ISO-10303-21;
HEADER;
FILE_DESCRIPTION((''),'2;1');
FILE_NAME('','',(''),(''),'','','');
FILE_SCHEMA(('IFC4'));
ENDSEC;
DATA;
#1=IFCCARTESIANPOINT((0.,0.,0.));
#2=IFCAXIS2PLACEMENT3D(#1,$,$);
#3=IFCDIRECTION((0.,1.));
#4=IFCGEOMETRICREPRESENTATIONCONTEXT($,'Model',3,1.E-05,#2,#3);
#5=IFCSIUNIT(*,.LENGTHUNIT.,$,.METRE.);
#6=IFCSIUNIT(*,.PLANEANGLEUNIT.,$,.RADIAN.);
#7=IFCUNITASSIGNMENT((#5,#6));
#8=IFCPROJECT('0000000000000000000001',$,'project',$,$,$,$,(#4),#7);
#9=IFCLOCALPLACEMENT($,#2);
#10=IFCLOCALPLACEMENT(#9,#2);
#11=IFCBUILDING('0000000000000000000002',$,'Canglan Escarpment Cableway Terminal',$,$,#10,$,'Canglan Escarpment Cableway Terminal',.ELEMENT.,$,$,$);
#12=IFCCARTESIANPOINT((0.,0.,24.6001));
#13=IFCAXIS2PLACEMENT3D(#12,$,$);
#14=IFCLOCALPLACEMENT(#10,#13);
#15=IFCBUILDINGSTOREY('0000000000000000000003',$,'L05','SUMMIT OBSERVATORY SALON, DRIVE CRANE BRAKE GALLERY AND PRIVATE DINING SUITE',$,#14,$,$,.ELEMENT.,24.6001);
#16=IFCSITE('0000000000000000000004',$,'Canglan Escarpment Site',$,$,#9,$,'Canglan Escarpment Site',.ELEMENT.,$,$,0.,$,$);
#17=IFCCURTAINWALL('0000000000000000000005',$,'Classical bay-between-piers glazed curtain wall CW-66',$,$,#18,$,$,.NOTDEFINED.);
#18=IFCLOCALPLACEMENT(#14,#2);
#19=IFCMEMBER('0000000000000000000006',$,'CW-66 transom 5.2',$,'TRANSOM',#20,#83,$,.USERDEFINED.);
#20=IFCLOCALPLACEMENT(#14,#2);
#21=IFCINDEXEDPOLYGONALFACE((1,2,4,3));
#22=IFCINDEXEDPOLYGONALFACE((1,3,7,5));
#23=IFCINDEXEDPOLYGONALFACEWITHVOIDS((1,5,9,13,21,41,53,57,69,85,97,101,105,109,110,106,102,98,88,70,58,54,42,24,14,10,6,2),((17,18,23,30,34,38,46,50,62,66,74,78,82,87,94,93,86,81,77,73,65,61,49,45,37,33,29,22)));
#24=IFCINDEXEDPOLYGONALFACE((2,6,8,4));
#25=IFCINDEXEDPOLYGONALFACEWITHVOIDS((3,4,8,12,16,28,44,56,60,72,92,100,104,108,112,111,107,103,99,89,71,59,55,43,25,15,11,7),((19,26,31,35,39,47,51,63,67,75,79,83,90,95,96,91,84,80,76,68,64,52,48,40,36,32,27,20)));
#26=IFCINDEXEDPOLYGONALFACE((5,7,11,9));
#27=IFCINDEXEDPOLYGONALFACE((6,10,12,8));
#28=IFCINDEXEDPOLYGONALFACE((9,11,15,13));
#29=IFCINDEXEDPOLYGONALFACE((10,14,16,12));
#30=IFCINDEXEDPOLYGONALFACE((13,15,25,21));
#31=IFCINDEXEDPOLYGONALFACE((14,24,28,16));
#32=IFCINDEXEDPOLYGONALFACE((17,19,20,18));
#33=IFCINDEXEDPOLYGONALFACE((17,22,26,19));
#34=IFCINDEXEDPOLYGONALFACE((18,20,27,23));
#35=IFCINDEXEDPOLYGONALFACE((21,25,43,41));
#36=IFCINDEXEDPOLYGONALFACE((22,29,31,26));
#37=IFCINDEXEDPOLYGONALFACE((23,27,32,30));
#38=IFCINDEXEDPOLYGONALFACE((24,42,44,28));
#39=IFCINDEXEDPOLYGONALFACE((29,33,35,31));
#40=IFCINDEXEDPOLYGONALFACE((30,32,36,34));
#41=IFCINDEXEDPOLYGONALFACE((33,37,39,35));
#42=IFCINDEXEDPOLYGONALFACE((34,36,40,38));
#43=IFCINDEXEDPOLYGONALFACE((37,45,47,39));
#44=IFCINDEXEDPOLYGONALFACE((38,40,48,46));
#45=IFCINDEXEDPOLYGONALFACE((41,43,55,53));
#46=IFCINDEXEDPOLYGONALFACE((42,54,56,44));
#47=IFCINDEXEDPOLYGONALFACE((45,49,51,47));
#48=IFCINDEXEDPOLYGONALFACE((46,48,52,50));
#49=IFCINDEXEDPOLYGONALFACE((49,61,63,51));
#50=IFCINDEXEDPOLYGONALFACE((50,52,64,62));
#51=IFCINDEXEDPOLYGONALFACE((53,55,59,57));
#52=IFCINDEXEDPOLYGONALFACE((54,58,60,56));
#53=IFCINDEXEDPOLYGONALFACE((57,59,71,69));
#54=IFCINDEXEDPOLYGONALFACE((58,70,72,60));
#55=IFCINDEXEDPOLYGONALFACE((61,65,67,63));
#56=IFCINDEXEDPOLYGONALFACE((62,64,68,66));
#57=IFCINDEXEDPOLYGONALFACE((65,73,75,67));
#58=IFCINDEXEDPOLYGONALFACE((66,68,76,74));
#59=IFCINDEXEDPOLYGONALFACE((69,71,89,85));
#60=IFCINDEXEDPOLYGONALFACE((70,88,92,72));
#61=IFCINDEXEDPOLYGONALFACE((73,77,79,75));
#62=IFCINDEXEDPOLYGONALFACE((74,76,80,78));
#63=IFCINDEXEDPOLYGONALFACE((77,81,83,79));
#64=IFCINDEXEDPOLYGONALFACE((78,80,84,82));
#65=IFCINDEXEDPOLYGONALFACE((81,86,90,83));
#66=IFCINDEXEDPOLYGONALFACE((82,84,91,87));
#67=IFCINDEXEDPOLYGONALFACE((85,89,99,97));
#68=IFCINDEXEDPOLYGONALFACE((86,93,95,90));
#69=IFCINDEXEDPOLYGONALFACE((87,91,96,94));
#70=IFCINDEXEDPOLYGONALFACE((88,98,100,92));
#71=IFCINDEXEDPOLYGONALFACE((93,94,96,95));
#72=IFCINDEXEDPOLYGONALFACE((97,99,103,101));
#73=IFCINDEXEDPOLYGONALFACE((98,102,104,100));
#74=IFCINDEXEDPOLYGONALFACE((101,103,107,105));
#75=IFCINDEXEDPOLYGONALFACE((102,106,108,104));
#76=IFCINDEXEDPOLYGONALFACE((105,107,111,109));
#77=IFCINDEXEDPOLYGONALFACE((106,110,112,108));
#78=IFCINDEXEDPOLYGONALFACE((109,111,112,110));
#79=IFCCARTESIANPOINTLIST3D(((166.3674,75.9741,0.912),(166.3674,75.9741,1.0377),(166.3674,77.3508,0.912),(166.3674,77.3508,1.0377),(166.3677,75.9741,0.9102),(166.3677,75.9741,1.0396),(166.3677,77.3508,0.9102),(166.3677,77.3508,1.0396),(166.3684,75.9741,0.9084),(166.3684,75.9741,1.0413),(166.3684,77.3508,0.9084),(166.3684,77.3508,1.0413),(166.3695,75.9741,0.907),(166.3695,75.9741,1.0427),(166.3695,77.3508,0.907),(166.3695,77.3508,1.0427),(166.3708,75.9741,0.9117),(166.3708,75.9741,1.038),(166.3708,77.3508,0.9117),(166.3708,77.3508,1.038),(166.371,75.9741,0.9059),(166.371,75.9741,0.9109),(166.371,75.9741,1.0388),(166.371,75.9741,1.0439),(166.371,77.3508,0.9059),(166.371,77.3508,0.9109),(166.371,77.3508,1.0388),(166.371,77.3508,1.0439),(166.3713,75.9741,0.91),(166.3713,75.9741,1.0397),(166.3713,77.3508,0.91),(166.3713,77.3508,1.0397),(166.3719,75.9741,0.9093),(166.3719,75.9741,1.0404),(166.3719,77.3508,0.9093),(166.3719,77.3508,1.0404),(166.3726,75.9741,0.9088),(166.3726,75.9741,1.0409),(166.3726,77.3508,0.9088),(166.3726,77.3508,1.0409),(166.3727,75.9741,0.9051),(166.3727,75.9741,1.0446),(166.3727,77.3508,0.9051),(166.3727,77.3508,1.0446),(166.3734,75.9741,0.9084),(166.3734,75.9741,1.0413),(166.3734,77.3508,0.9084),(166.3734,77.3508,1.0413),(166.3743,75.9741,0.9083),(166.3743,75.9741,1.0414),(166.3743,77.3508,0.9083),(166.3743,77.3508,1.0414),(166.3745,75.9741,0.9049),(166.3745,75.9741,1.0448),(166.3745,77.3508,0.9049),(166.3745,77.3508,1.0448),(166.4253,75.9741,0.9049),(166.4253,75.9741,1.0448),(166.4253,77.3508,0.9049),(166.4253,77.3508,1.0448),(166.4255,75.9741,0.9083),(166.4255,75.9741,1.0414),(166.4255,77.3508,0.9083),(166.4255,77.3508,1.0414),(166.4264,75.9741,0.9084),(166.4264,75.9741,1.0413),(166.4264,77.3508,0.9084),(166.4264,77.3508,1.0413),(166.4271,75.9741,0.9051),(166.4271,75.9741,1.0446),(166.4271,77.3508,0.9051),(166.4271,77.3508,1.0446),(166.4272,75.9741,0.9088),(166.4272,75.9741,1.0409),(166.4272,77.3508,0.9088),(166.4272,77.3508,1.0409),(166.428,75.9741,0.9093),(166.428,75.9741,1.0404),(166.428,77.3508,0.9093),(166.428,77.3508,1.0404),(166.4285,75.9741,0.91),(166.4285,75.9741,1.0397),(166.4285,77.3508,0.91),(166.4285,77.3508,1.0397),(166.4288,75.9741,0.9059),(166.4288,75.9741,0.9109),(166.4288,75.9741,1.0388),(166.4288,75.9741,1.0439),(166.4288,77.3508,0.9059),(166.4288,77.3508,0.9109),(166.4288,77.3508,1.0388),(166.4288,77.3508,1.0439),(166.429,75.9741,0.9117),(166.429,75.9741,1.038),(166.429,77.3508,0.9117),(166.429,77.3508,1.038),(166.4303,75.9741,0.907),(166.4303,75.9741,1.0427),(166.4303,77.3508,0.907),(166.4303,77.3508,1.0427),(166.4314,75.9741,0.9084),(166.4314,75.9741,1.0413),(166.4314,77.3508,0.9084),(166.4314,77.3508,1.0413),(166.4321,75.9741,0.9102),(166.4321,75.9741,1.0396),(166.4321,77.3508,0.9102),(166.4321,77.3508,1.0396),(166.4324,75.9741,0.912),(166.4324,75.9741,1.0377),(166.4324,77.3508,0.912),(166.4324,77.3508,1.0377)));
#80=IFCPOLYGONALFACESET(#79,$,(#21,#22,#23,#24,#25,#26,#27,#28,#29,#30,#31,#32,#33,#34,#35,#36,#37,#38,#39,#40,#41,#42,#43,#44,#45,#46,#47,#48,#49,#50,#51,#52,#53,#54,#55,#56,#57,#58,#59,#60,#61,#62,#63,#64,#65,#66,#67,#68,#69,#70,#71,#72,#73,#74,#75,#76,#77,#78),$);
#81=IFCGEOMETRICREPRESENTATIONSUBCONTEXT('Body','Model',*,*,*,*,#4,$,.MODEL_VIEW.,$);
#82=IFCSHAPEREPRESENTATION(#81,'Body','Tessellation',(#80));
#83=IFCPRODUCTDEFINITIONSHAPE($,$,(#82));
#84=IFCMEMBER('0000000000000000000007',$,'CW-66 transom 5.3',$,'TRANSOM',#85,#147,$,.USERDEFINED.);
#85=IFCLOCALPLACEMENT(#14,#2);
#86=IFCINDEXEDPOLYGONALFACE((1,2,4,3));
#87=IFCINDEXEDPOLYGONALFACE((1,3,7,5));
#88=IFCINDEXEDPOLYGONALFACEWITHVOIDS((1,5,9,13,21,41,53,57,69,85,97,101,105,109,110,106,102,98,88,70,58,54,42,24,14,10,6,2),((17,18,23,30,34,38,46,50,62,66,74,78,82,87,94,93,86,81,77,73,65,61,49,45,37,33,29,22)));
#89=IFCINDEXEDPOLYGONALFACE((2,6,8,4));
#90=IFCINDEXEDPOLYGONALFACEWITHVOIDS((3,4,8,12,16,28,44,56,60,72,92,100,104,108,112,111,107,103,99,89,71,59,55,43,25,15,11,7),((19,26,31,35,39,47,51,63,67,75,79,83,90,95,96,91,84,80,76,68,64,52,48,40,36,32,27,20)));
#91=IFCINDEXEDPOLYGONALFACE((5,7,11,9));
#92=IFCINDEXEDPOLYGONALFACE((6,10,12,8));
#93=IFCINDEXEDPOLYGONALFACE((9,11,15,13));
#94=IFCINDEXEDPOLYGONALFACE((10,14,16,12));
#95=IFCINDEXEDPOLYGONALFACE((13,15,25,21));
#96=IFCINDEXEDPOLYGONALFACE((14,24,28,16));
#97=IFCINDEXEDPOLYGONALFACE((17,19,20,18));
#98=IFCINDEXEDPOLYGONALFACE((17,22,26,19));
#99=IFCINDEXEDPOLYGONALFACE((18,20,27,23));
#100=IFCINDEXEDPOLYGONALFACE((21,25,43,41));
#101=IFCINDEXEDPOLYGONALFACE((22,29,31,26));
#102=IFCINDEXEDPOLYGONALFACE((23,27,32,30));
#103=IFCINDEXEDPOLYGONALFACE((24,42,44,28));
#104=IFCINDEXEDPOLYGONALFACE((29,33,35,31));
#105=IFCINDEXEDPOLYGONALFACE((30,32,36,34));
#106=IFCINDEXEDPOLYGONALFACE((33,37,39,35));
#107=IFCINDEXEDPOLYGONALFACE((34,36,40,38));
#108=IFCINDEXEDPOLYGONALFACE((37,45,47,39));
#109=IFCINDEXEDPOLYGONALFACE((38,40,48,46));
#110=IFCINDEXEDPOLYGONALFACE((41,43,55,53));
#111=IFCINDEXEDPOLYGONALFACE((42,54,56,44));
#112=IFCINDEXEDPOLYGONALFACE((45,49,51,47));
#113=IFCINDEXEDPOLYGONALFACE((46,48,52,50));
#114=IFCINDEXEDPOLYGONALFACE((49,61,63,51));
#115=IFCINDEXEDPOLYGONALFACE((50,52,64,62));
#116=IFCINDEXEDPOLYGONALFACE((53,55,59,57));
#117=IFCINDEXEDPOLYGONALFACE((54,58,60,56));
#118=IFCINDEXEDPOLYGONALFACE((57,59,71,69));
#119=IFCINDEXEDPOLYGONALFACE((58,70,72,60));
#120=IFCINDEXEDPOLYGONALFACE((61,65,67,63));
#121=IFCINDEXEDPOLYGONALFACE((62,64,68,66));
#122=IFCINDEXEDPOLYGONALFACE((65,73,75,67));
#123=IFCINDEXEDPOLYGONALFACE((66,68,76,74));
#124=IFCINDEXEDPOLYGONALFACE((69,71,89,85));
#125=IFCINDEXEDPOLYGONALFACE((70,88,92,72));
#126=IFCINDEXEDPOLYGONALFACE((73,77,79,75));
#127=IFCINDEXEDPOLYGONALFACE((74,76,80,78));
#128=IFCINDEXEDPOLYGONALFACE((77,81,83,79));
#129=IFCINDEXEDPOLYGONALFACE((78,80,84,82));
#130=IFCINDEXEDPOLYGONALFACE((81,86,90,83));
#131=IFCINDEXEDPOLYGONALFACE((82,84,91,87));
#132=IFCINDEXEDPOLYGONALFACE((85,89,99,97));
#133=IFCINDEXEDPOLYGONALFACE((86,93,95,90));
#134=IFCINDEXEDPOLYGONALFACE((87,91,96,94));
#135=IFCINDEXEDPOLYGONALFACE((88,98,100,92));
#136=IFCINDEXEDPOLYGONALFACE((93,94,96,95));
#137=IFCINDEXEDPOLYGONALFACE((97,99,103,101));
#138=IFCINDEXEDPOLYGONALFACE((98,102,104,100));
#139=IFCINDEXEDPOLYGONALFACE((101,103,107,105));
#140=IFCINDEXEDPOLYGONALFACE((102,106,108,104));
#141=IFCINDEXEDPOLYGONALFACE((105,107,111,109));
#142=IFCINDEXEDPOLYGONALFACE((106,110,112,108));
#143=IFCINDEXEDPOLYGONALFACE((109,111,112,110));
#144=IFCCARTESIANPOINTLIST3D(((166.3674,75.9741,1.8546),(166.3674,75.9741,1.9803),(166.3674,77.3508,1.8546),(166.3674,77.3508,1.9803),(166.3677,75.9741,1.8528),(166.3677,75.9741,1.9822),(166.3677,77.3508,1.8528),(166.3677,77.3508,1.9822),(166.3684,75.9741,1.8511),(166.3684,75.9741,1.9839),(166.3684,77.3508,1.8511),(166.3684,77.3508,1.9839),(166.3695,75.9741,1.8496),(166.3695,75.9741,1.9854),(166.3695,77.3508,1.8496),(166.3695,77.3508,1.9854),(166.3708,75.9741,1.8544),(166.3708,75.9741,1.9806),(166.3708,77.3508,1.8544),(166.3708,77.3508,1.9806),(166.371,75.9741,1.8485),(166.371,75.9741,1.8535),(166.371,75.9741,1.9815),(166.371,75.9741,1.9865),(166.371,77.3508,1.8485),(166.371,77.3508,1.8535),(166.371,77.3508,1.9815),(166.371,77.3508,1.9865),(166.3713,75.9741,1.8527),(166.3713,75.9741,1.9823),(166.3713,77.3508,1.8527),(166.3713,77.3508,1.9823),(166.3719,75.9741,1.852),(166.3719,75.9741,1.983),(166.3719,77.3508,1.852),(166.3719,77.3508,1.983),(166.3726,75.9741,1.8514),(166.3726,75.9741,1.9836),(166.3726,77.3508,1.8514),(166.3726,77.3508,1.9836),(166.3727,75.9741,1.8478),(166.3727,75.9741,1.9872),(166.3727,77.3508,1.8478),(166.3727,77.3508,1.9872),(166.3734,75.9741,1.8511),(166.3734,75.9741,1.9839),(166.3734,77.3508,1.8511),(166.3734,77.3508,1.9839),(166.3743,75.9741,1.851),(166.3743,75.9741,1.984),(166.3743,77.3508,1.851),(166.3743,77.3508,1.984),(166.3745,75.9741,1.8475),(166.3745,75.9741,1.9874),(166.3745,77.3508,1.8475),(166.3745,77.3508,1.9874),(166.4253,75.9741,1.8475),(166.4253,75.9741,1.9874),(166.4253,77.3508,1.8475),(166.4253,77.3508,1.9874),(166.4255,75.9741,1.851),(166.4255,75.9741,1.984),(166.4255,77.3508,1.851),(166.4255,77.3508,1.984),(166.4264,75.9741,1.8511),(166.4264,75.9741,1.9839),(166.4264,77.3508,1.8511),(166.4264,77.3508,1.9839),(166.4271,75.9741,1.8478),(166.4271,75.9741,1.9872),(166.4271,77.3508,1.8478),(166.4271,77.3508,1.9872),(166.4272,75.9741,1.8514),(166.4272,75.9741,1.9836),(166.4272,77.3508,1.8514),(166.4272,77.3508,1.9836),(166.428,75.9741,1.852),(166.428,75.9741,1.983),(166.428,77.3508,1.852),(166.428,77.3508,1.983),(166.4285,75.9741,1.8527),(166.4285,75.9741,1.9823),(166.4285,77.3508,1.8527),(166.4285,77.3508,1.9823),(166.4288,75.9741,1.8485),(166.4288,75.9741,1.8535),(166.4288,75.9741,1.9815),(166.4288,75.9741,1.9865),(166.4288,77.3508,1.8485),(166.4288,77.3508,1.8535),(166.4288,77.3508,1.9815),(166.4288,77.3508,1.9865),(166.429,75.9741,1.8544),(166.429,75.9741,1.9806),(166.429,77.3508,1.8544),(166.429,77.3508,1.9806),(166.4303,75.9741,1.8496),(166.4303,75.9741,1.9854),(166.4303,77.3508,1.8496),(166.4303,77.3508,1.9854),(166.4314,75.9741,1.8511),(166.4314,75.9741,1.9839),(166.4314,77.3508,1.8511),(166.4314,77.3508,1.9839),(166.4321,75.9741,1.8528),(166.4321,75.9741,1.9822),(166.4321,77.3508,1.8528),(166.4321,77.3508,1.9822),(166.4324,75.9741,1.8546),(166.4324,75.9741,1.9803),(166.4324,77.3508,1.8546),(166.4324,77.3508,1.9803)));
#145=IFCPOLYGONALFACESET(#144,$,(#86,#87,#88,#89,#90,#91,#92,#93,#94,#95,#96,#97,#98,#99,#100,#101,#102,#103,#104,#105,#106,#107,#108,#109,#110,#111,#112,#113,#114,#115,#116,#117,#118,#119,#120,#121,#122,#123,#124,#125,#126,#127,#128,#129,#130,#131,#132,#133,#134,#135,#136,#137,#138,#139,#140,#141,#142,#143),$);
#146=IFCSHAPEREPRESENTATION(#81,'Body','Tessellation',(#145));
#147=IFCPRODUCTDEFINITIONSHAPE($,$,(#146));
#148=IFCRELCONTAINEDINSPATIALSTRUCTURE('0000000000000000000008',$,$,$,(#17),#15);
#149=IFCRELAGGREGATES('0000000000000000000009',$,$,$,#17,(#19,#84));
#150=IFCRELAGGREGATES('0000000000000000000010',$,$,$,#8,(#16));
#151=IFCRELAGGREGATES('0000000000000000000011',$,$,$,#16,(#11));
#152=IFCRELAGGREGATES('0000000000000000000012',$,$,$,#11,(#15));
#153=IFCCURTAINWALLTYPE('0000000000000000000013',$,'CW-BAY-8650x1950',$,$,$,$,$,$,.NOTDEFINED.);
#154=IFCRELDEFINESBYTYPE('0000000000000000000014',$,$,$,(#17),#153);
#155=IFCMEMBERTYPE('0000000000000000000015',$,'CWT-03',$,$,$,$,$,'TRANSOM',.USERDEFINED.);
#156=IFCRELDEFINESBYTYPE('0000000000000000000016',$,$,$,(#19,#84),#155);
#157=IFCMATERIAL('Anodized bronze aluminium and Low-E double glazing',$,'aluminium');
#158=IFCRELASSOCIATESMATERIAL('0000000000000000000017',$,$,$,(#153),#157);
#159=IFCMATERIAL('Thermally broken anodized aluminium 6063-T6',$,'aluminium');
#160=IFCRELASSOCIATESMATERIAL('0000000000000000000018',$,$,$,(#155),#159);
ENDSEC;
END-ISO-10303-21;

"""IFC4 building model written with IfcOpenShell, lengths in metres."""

from ifc_helpers import new_model, si_unit, direction, frame, origin, origin_2d, place, context, subcontext, project, spatial, hollow_rectangle, extrude, material, material_profile, profile_set, type_object, element, aggregate, save


model = new_model("IFC4")

# Units and contexts
model_context = context("Model", 3, precision=1e-05, world=origin(), true_north=direction((0.0, 1.0)))
body_context = subcontext(model_context, "Body", "Model", "MODEL_VIEW")
ifc_project = project(units=[si_unit("LENGTHUNIT", "METRE"), si_unit("PLANEANGLEUNIT", "RADIAN")], contexts=[model_context])

# Site, building, storey
site_placement = place(None, origin())
site = spatial("IfcSite", under=ifc_project, at=site_placement, Name="Canglan Escarpment Site", LongName="Canglan Escarpment Site", CompositionType="ELEMENT", RefElevation=0.0)
building_placement = place(site_placement, origin())
building = spatial("IfcBuilding", under=site, at=building_placement, Name="Canglan Escarpment Cableway Terminal", LongName="Canglan Escarpment Cableway Terminal", CompositionType="ELEMENT")
storey_placement = place(building_placement, frame((0.0, 0.0, 24.6001)))
storey = spatial("IfcBuildingStorey", under=building, at=storey_placement, Name="L05", Description="SUMMIT OBSERVATORY SALON, DRIVE CRANE BRAKE GALLERY AND PRIVATE DINING SUITE", CompositionType="ELEMENT", Elevation=24.6001)

# Curtain wall
ifc_material_1 = material(Name="Anodized bronze aluminium and Low-E double glazing", Category="aluminium")
curtain_wall_type = type_object("IfcCurtainWallType", Name="CW-BAY-8650x1950", PredefinedType="NOTDEFINED", material=ifc_material_1)
ifc_material_2 = material(Name="Thermally broken anodized aluminium 6063-T6", Category="aluminium")
curtain_wall_1_placement = place(storey_placement, origin())
curtain_wall_1 = element("IfcCurtainWall", 1, at=curtain_wall_1_placement, inside=storey, type_object=curtain_wall_type, Name="Classical bay-between-piers glazed curtain wall CW-66", PredefinedType="NOTDEFINED")

# Members
ifc_material_profile_1 = material_profile(ifc_material_2, hollow_rectangle(XDim=0.0649, YDim=0.1399, WallThickness=0.0034, InnerFilletRadius=0.0034, OuterFilletRadius=0.0071, at=origin_2d()), Name="ALU-TRAN 65x140x3.5")
ifc_profile_set_1 = profile_set([ifc_material_profile_1], Name="Thermally broken anodized aluminium 6063-T6")
member_type_1 = type_object("IfcMemberType", Name="CWT-03", ElementType="TRANSOM", PredefinedType="USERDEFINED", material=ifc_profile_set_1)
member_1_placement = place(storey_placement, frame((166.3999, 75.9741, 0.9749), z_axis=(0.0, 1.0, 0.0), x_axis=(-1.0, 0.0, 0.0)))
member_1 = element("IfcMember", 2, at=member_1_placement, type_object=member_type_1, Name="CW-66 transom 5.2", ObjectType="TRANSOM", PredefinedType="USERDEFINED", context=body_context, shape_type="SweptSolid", body=[
    extrude(hollow_rectangle(XDim=0.0649, YDim=0.1399, WallThickness=0.0034, InnerFilletRadius=0.0034, OuterFilletRadius=0.0071, at=origin_2d()), origin(), (0.0, 0.0, 1.0), 1.3767),
])
member_2_placement = place(storey_placement, frame((166.3999, 75.9741, 1.9175), z_axis=(0.0, 1.0, 0.0), x_axis=(-1.0, 0.0, 0.0)))
member_2 = element("IfcMember", 3, at=member_2_placement, type_object=member_type_1, Name="CW-66 transom 5.3", ObjectType="TRANSOM", PredefinedType="USERDEFINED", context=body_context, shape_type="SweptSolid", body=[
    extrude(hollow_rectangle(XDim=0.0649, YDim=0.1399, WallThickness=0.0034, InnerFilletRadius=0.0034, OuterFilletRadius=0.0071, at=origin_2d()), origin(), (0.0, 0.0, 1.0), 1.3767),
])

aggregate(curtain_wall_1, [member_1, member_2])

save(model, "model.ifc")
